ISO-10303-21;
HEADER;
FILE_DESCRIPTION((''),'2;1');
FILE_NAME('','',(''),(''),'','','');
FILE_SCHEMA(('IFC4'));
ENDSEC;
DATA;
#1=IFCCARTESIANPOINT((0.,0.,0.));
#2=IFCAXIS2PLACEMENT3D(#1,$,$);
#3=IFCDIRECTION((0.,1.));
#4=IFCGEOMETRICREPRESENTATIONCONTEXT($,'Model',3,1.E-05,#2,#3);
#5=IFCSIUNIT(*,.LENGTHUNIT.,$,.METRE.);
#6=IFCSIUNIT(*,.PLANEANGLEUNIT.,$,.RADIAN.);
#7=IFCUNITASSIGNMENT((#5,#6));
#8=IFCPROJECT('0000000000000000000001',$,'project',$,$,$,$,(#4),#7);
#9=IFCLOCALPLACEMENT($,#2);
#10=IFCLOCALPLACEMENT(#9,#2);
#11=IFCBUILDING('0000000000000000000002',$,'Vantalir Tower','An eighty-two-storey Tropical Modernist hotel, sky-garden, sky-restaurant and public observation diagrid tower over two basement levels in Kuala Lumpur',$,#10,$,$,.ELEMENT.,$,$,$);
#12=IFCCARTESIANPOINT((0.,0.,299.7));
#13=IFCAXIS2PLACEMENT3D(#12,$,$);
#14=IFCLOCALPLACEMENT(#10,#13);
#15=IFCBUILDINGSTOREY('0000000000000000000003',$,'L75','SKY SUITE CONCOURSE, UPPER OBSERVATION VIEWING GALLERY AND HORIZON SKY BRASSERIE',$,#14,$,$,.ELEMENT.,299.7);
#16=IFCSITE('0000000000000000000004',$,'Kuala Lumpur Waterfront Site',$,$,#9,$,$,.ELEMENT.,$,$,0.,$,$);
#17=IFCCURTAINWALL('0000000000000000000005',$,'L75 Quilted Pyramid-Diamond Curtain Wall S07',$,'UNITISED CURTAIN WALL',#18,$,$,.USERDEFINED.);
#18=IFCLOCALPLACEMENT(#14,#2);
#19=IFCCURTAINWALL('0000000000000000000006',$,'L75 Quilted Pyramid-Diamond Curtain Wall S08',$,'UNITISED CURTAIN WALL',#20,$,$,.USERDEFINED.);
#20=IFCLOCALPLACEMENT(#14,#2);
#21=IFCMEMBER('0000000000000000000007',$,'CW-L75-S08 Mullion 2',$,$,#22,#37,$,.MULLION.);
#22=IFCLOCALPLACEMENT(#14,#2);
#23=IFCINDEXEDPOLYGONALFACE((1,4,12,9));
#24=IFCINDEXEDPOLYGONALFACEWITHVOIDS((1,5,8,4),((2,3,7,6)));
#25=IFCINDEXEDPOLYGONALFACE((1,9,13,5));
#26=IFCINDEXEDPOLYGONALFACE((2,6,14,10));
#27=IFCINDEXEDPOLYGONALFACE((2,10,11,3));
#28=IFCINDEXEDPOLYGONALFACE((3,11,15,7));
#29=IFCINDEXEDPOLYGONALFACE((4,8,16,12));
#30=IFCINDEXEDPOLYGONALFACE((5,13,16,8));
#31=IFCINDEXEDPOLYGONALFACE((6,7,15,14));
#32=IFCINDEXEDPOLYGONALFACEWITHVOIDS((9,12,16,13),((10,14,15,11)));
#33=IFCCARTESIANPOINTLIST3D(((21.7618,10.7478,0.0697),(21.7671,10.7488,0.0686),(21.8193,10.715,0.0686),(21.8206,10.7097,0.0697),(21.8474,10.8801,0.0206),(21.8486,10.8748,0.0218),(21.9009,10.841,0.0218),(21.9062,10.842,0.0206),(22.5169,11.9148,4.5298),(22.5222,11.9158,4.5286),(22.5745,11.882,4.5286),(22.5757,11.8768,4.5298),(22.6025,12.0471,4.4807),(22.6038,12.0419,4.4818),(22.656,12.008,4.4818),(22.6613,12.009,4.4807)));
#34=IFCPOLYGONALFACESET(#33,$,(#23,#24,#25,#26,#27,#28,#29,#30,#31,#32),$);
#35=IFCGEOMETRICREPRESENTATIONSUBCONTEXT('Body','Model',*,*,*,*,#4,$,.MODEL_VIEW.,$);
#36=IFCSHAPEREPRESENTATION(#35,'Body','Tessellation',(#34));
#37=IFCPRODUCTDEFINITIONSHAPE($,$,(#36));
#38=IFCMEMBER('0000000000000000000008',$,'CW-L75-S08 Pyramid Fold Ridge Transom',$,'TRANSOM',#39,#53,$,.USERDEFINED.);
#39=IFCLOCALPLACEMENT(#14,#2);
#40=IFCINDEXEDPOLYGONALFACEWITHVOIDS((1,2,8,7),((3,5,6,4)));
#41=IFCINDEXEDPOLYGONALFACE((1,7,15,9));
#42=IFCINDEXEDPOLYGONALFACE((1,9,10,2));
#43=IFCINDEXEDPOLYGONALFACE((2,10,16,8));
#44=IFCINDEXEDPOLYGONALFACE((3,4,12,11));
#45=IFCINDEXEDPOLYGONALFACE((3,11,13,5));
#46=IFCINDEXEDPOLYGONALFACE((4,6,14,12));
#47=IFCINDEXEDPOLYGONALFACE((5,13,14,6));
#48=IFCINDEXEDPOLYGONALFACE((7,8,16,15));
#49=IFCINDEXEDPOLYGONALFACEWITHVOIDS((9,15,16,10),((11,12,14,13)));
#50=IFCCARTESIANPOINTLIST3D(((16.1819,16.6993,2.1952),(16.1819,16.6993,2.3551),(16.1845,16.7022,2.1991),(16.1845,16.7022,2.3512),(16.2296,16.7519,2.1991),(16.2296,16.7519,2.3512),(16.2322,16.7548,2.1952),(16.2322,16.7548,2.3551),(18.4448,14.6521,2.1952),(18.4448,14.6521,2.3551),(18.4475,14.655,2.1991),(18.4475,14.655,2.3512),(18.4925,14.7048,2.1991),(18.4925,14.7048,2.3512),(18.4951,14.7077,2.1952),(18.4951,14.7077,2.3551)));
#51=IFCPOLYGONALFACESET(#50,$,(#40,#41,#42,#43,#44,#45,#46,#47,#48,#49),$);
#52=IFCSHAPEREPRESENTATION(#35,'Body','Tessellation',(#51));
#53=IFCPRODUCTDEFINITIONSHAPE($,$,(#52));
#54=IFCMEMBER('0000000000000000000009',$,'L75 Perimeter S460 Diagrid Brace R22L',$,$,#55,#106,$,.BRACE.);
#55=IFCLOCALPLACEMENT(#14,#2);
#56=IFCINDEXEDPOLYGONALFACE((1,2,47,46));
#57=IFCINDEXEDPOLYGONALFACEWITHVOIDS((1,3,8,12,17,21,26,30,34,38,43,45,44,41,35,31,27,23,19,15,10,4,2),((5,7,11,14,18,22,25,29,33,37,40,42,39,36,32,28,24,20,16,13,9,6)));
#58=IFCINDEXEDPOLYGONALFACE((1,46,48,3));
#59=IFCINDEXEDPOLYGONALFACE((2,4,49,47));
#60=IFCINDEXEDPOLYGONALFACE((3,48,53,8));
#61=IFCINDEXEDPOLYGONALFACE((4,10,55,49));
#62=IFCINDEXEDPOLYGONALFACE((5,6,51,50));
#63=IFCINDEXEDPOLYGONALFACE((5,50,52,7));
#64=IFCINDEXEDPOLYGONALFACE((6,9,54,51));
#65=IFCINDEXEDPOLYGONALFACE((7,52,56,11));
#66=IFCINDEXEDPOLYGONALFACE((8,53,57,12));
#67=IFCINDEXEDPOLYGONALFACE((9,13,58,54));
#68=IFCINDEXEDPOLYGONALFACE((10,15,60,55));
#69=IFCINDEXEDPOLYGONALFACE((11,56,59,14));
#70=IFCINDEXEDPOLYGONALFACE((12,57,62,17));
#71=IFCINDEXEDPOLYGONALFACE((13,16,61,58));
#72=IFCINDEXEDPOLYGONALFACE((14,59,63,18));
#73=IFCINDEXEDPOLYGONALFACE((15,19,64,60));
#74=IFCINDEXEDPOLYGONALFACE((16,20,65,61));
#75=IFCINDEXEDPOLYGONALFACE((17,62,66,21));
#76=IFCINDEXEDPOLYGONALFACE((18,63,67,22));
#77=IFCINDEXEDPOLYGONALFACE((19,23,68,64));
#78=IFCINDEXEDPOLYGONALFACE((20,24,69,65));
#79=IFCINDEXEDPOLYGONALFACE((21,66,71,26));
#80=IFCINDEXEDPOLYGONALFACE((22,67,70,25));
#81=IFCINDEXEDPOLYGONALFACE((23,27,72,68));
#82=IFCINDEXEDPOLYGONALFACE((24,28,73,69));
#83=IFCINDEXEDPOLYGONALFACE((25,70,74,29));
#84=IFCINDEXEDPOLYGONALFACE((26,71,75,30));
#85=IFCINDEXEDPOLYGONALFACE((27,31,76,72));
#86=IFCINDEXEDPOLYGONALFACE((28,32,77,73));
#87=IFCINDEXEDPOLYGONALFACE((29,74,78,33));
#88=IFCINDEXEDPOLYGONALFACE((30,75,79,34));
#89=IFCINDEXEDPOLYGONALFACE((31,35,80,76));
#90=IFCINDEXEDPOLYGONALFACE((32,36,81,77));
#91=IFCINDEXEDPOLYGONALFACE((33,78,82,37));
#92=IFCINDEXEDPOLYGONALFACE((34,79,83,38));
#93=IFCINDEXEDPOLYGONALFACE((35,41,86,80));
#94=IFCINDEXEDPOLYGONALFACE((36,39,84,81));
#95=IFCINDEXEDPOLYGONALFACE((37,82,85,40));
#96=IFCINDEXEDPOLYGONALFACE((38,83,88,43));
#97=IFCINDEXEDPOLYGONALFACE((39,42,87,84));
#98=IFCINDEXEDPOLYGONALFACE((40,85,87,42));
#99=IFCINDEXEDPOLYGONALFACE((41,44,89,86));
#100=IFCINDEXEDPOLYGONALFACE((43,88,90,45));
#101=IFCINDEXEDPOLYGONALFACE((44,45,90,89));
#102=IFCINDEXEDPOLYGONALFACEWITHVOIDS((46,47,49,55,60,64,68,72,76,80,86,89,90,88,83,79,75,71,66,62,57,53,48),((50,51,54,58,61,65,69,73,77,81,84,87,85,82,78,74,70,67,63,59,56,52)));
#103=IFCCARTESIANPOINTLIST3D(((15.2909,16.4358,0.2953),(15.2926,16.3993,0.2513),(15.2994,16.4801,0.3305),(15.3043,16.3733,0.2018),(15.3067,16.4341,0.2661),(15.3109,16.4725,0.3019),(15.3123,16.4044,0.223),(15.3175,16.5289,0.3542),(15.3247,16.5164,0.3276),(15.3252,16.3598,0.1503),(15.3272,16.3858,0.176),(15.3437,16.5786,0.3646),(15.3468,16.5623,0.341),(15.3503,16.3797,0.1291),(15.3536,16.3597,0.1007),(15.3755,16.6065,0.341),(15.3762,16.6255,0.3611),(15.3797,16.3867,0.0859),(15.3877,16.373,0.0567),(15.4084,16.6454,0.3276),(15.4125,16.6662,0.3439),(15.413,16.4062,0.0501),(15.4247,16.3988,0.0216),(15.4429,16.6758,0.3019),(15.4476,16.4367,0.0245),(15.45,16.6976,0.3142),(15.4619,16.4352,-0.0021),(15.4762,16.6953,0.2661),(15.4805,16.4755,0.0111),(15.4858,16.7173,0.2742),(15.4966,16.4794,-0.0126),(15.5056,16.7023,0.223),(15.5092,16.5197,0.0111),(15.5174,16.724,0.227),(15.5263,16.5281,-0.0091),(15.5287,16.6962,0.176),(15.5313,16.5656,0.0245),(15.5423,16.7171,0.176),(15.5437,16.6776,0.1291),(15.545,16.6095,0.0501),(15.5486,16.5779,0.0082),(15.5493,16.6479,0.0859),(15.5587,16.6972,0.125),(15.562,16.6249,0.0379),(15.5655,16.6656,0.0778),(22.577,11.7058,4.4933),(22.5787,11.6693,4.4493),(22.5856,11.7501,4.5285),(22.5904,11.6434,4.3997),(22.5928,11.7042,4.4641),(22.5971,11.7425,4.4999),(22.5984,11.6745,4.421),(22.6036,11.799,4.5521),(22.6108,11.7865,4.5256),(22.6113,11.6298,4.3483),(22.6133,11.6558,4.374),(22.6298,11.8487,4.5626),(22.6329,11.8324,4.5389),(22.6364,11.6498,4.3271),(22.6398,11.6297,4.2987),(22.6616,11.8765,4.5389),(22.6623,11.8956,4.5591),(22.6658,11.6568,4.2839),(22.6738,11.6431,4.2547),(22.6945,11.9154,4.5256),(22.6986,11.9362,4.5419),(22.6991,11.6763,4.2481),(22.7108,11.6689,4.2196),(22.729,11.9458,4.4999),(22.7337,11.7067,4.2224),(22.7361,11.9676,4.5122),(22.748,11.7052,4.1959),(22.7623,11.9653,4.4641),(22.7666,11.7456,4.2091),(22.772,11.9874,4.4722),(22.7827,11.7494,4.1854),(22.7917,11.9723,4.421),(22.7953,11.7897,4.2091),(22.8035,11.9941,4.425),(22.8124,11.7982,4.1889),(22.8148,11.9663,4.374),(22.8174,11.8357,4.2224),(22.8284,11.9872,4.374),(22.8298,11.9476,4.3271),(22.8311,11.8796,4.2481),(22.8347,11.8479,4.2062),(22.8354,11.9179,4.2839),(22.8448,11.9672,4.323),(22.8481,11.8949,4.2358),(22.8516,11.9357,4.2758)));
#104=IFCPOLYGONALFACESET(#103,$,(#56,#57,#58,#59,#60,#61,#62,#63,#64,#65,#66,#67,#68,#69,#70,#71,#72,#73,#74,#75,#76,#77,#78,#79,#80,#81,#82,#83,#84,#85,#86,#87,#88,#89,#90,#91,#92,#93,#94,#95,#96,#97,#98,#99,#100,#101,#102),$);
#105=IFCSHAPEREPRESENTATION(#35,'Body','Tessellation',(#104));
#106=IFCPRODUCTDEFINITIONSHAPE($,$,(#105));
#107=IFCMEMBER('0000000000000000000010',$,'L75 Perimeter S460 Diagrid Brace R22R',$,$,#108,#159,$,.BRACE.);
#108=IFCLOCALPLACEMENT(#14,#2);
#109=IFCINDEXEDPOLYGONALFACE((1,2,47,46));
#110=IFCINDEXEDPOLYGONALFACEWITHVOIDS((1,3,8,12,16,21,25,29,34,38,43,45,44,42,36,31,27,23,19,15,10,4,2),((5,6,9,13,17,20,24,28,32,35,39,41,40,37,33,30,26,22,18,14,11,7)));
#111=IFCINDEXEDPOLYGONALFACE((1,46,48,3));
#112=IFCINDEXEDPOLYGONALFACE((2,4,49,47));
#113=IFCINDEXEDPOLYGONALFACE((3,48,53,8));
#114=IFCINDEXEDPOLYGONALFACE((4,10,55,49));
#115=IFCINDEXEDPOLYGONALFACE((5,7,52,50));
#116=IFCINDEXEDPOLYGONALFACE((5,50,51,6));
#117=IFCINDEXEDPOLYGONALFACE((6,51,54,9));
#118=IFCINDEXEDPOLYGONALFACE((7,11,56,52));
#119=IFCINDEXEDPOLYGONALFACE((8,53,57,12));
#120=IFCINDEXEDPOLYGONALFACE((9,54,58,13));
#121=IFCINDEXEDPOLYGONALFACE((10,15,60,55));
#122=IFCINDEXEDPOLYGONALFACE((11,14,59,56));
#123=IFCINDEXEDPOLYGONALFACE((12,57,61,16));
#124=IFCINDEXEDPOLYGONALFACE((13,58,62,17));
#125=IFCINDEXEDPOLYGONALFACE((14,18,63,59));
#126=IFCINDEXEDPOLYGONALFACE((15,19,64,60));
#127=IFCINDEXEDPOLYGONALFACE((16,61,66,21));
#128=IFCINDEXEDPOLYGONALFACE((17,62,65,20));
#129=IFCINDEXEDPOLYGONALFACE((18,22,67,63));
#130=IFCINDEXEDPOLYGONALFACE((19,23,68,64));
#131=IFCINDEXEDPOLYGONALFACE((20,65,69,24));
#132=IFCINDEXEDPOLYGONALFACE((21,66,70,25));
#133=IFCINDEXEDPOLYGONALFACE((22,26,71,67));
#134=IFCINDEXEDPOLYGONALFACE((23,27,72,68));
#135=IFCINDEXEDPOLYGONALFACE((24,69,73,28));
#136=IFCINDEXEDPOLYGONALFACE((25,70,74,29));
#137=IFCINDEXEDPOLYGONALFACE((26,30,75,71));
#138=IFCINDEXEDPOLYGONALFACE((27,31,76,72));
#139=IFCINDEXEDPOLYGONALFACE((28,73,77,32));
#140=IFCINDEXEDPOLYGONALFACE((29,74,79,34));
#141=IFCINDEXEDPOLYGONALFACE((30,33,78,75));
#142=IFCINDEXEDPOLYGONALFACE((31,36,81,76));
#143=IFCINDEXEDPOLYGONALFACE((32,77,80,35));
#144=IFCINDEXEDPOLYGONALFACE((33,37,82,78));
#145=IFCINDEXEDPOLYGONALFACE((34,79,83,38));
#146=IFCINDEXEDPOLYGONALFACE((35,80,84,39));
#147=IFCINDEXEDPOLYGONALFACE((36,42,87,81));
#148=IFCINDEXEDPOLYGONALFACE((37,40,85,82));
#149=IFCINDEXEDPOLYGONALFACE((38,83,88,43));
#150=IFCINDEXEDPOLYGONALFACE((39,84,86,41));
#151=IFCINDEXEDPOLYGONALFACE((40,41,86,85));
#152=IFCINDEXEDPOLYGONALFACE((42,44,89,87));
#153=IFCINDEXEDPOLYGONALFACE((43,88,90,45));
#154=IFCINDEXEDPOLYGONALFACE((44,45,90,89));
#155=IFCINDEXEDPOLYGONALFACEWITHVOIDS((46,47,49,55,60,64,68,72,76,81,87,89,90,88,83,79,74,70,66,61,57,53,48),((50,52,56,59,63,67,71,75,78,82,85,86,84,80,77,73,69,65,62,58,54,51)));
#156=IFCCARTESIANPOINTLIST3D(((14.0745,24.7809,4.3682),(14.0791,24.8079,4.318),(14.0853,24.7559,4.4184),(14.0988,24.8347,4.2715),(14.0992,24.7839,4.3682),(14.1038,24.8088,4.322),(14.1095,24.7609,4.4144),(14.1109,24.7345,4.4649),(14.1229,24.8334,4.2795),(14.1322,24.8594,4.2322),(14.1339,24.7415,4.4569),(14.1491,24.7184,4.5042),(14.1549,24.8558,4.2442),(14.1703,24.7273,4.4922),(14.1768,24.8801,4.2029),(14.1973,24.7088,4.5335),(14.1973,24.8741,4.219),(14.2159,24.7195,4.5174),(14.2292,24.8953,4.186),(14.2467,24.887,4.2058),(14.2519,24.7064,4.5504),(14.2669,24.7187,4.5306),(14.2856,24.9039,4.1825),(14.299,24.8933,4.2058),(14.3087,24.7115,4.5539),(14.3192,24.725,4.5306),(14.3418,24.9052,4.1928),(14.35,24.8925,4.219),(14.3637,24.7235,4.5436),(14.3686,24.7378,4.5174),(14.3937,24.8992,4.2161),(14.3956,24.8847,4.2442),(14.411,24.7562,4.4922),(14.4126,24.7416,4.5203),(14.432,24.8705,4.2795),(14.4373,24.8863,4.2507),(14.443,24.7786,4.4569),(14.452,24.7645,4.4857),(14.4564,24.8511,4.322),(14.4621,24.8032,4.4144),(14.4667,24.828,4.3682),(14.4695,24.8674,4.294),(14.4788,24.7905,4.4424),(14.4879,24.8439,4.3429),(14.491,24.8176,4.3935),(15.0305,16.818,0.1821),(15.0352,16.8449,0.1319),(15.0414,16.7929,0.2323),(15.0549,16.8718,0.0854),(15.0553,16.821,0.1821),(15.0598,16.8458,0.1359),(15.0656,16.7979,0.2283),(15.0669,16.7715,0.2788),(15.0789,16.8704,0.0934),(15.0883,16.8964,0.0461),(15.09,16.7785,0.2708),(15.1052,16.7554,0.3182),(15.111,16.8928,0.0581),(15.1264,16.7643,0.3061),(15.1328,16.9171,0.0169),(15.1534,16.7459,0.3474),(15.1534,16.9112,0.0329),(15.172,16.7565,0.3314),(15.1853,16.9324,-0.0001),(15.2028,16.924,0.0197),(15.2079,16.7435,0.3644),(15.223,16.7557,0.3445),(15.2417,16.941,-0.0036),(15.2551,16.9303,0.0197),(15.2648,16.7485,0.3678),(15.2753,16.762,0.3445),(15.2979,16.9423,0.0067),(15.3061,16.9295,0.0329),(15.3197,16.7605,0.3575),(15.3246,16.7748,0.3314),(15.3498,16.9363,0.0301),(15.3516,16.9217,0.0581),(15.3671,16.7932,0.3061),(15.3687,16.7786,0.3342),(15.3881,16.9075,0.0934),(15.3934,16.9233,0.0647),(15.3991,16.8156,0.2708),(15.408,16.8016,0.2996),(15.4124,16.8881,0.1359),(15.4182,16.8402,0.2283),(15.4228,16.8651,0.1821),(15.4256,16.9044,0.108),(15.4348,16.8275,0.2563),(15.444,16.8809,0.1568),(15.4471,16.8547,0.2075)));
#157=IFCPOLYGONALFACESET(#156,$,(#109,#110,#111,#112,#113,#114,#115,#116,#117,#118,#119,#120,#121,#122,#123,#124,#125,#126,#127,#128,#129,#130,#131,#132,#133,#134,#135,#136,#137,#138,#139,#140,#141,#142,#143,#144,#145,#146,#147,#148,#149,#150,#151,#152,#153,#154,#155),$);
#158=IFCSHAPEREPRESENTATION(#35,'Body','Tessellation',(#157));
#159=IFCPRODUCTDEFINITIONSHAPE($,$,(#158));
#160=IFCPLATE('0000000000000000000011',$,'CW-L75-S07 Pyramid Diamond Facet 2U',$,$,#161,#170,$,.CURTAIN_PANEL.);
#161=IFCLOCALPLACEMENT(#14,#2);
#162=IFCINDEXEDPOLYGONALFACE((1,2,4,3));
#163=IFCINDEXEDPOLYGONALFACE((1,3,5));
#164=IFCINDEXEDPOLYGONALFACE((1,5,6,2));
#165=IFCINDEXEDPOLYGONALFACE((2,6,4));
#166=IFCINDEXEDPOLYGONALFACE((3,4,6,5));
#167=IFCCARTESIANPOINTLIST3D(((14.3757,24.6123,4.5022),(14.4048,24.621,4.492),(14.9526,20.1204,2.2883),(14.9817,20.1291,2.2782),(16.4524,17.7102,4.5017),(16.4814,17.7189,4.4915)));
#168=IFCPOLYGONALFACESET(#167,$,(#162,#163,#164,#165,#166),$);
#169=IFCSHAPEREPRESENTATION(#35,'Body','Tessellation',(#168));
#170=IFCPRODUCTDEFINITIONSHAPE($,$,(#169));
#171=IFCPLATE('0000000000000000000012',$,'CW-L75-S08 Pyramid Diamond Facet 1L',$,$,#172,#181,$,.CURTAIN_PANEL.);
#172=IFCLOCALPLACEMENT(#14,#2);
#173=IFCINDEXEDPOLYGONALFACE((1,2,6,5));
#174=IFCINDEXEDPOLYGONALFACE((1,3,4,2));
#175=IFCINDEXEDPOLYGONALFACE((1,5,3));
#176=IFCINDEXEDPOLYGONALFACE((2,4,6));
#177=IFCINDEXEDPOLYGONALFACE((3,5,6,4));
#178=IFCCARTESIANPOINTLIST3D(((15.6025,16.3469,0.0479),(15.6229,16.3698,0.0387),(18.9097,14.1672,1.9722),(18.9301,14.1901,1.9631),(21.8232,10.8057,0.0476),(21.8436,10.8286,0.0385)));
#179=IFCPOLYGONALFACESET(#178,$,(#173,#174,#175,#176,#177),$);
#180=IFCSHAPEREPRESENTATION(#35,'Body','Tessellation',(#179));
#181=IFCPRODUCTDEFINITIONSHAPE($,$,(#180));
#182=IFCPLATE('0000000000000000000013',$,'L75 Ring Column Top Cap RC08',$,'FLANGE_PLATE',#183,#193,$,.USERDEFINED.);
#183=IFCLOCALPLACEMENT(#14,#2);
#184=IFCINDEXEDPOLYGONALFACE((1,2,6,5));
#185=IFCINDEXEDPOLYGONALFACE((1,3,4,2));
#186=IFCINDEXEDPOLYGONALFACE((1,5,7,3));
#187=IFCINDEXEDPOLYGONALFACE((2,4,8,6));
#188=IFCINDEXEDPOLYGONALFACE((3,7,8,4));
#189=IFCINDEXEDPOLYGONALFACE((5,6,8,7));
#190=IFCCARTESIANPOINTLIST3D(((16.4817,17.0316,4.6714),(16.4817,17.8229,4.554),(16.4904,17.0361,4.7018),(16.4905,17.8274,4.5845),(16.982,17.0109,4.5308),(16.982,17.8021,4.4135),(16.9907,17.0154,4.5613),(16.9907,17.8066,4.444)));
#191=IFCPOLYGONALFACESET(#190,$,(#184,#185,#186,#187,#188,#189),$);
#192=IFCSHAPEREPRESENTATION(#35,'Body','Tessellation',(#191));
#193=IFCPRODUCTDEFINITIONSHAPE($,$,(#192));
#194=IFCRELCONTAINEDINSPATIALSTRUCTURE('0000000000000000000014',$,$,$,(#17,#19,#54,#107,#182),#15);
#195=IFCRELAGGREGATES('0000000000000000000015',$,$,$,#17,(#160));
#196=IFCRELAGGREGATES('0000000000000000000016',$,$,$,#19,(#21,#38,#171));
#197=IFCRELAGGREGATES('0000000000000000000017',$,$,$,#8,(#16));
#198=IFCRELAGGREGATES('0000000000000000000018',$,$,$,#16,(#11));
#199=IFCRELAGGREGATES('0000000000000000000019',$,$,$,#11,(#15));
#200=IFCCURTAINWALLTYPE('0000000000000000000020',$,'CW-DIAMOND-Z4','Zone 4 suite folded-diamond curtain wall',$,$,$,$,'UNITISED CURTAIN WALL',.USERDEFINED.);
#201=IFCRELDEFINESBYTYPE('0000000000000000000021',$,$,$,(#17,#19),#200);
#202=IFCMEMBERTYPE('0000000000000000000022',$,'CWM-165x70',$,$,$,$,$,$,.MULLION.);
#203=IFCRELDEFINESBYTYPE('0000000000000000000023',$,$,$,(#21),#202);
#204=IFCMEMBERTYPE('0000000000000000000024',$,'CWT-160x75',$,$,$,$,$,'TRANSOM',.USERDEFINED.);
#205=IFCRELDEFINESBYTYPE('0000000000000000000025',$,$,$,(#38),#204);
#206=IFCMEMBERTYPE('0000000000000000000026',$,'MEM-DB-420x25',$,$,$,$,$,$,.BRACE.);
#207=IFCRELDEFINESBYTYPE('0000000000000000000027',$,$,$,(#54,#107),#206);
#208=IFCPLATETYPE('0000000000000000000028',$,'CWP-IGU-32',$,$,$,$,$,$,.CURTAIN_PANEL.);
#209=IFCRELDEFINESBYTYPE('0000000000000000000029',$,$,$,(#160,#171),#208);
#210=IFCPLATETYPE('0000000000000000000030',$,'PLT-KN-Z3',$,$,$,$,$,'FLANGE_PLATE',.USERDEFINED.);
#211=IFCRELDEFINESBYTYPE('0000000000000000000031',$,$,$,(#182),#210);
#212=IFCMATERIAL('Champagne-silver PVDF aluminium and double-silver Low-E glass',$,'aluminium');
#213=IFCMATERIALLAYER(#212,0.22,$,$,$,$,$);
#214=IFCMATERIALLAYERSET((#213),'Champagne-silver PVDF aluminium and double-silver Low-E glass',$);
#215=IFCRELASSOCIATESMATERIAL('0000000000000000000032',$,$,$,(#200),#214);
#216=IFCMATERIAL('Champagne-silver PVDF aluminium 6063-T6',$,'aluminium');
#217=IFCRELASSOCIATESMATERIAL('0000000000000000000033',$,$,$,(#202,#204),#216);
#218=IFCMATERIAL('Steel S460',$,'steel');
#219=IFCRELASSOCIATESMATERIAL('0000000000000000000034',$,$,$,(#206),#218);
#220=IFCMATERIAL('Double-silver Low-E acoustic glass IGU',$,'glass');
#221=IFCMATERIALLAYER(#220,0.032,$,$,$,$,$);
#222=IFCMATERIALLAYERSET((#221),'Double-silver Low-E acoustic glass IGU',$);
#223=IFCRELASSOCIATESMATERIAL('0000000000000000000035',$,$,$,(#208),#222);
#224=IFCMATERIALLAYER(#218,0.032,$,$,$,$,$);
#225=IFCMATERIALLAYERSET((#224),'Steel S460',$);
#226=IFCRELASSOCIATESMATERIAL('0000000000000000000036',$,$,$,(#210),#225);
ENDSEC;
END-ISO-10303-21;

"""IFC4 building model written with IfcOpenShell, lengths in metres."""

from ifc_helpers import new_model, si_unit, direction, frame, origin, origin_2d, place, context, subcontext, project, spatial, polyline, hollow_rectangle, hollow_circle, outline, extrude, material, layer, layer_set, material_profile, profile_set, type_object, element, aggregate, save


model = new_model("IFC4")

# Units and contexts
model_context = context("Model", 3, precision=1e-05, world=origin(), true_north=direction((0.0, 1.0)))
body_context = subcontext(model_context, "Body", "Model", "MODEL_VIEW")
ifc_project = project(units=[si_unit("LENGTHUNIT", "METRE"), si_unit("PLANEANGLEUNIT", "RADIAN")], contexts=[model_context])

# Site, building, storey
site_placement = place(None, origin())
site = spatial("IfcSite", under=ifc_project, at=site_placement, Name="Kuala Lumpur Waterfront Site", CompositionType="ELEMENT", RefElevation=0.0)
building_placement = place(site_placement, origin())
building = spatial("IfcBuilding", under=site, at=building_placement, Name="Vantalir Tower", Description="An eighty-two-storey Tropical Modernist hotel, sky-garden, sky-restaurant and public observation diagrid tower over two basement levels in Kuala Lumpur", CompositionType="ELEMENT")
storey_placement = place(building_placement, frame((0.0, 0.0, 299.7)))
storey = spatial("IfcBuildingStorey", under=building, at=storey_placement, Name="L75", Description="SKY SUITE CONCOURSE, UPPER OBSERVATION VIEWING GALLERY AND HORIZON SKY BRASSERIE", CompositionType="ELEMENT", Elevation=299.7)

# Shared definitions
ifc_material_1 = material(Name="Steel S460", Category="steel")

# Curtain wall
ifc_material_2 = material(Name="Champagne-silver PVDF aluminium and double-silver Low-E glass", Category="aluminium")
ifc_layer_1 = layer(ifc_material_2, 0.22)
ifc_layer_set_1 = layer_set([ifc_layer_1], Name="Champagne-silver PVDF aluminium and double-silver Low-E glass")
curtain_wall_type = type_object("IfcCurtainWallType", Name="CW-DIAMOND-Z4", Description="Zone 4 suite folded-diamond curtain wall", ElementType="UNITISED CURTAIN WALL", PredefinedType="USERDEFINED", material=ifc_layer_set_1)
curtain_wall_1_placement = place(storey_placement, origin())
curtain_wall_1 = element("IfcCurtainWall", 1, at=curtain_wall_1_placement, inside=storey, type_object=curtain_wall_type, Name="L75 Quilted Pyramid-Diamond Curtain Wall S07", ObjectType="UNITISED CURTAIN WALL", PredefinedType="USERDEFINED")
ifc_material_3 = material(Name="Champagne-silver PVDF aluminium 6063-T6", Category="aluminium")
ifc_material_profile_1 = material_profile(ifc_material_3, hollow_rectangle(XDim=0.0701, YDim=0.165, WallThickness=0.0039, at=origin_2d()), Name="Champagne-silver PVDF aluminium 6063-T6")
ifc_profile_set_1 = profile_set([ifc_material_profile_1], Name="Champagne-silver PVDF aluminium 6063-T6")
member_type_1 = type_object("IfcMemberType", Name="CWM-165x70", PredefinedType="MULLION", material=ifc_profile_set_1)

# Curtain wall, members
curtain_wall_2_placement = place(storey_placement, origin())
curtain_wall_2 = element("IfcCurtainWall", 2, at=curtain_wall_2_placement, inside=storey, type_object=curtain_wall_type, Name="L75 Quilted Pyramid-Diamond Curtain Wall S08", ObjectType="UNITISED CURTAIN WALL", PredefinedType="USERDEFINED")
member_1_placement = place(storey_placement, frame((21.834, 10.7949, 0.0452), z_axis=(0.161644, 0.249809, 0.954708), x_axis=(-0.839565, 0.543259, 0.0)))
member_1 = element("IfcMember", 3, at=member_1_placement, type_object=member_type_1, Name="CW-L75-S08 Mullion 2", PredefinedType="MULLION", context=body_context, shape_type="SweptSolid", body=[
    extrude(hollow_rectangle(XDim=0.0701, YDim=0.165, WallThickness=0.0039, at=origin_2d()), origin(), (0.0, 0.0, 1.0), 4.6716),
])
ifc_material_profile_2 = material_profile(ifc_material_3, hollow_rectangle(XDim=0.075, YDim=0.1599, WallThickness=0.0039, at=origin_2d()), Name="Champagne-silver PVDF aluminium 6063-T6")
ifc_profile_set_2 = profile_set([ifc_material_profile_2], Name="Champagne-silver PVDF aluminium 6063-T6")
member_type_2 = type_object("IfcMemberType", Name="CWT-160x75", ElementType="TRANSOM", PredefinedType="USERDEFINED", material=ifc_profile_set_2)
member_2_placement = place(storey_placement, frame((16.207, 16.7271, 2.2751), z_axis=(0.741585, -0.670859, 0.0), x_axis=(0.670859, 0.741585, 0.0)))
member_2 = element("IfcMember", 4, at=member_2_placement, type_object=member_type_2, Name="CW-L75-S08 Pyramid Fold Ridge Transom", ObjectType="TRANSOM", PredefinedType="USERDEFINED", context=body_context, shape_type="SweptSolid", body=[
    extrude(hollow_rectangle(XDim=0.075, YDim=0.1599, WallThickness=0.0039, at=origin_2d()), origin(), (0.0, 0.0, 1.0), 3.0515),
])

# Members
ifc_material_profile_3 = material_profile(ifc_material_1, hollow_circle(Radius=0.21, WallThickness=0.0249, at=origin_2d()), Name="Steel S460")
ifc_profile_set_3 = profile_set([ifc_material_profile_3], Name="Steel S460")
member_type_3 = type_object("IfcMemberType", Name="MEM-DB-420x25", PredefinedType="BRACE", material=ifc_profile_set_3)
member_3_placement = place(storey_placement, frame((15.428, 16.541, 0.176), z_axis=(0.755197, -0.490256, 0.435117), x_axis=(0.544502, 0.838759, 0.0)))
element("IfcMember", 5, at=member_3_placement, inside=storey, type_object=member_type_3, Name="L75 Perimeter S460 Diagrid Brace R22L", PredefinedType="BRACE", context=body_context, shape_type="SweptSolid", body=[
    extrude(hollow_circle(Radius=0.21, WallThickness=0.0249, at=origin_2d()), origin(), (0.0, 0.0, 1.0), 9.6479),
])
member_4_placement = place(storey_placement, frame((15.239, 16.843, 0.1821), z_axis=(-0.105679, 0.880189, 0.462709), x_axis=(-0.992869, -0.119208, 0.0)))
element("IfcMember", 6, at=member_4_placement, inside=storey, type_object=member_type_3, Name="L75 Perimeter S460 Diagrid Brace R22R", PredefinedType="BRACE", context=body_context, shape_type="SweptSolid", body=[
    extrude(hollow_circle(Radius=0.21, WallThickness=0.0249, at=origin_2d()), origin(), (0.0, 0.0, 1.0), 9.0469),
])

# Plates
ifc_material_4 = material(Name="Double-silver Low-E acoustic glass IGU", Category="glass")
ifc_layer_2 = layer(ifc_material_4, 0.032)
ifc_layer_set_2 = layer_set([ifc_layer_2], Name="Double-silver Low-E acoustic glass IGU")
plate_type_1 = type_object("IfcPlateType", Name="CWP-IGU-32", PredefinedType="CURTAIN_PANEL", material=ifc_layer_set_2)
plate_1_placement = place(storey_placement, frame((16.4524, 17.7102, 4.5017), z_axis=(-0.907968, -0.273206, 0.317732), x_axis=(-0.288115, 0.957596, 0.000068)))
plate_1 = element("IfcPlate", 7, at=plate_1_placement, type_object=plate_type_1, Name="CW-L75-S07 Pyramid Diamond Facet 2U", PredefinedType="CURTAIN_PANEL", context=body_context, shape_type="SweptSolid", body=[
    extrude(outline(polyline([(0.0, 0.0), (7.2077, 0.0), (2.7399, 2.3345), (0.0, 0.0)])), origin(), (0.0, 0.0, -1.0), 0.032),
])
aggregate(curtain_wall_1, [plate_1])
plate_2_placement = place(storey_placement, frame((15.6025, 16.3469, 0.0479), z_axis=(-0.637563, -0.715751, 0.28498), x_axis=(0.746709, -0.665151, -0.000029)))
plate_2 = element("IfcPlate", 8, at=plate_2_placement, type_object=plate_type_1, Name="CW-L75-S08 Pyramid Diamond Facet 1L", PredefinedType="CURTAIN_PANEL", context=body_context, shape_type="SweptSolid", body=[
    extrude(outline(polyline([(0.0, 0.0), (8.3308, 0.0), (3.9192, 2.0077), (0.0, 0.0)])), origin(), (0.0, 0.0, -1.0), 0.032),
])
aggregate(curtain_wall_2, [member_1, member_2, plate_2])

# Plate
ifc_layer_3 = layer(ifc_material_1, 0.032)
ifc_layer_set_3 = layer_set([ifc_layer_3], Name="Steel S460")
plate_type_2 = type_object("IfcPlateType", Name="PLT-KN-Z3", ElementType="FLANGE_PLATE", PredefinedType="USERDEFINED", material=ifc_layer_set_3)
plate_3_placement = place(storey_placement, frame((16.4905, 17.8274, 4.5845), z_axis=(0.273121, 0.141078, 0.951579), x_axis=(-0.00004, -0.989186, 0.146665)))
element("IfcPlate", 9, at=plate_3_placement, inside=storey, type_object=plate_type_2, Name="L75 Ring Column Top Cap RC08", ObjectType="FLANGE_PLATE", PredefinedType="USERDEFINED", context=body_context, shape_type="SweptSolid", body=[
    extrude(outline(polyline([(0.0, 0.0), (0.7999, 0.0), (0.7998, 0.52), (-0.0001, 0.52), (0.0, 0.0)])), origin(), (0.0, 0.0, -1.0), 0.032),
])

save(model, "model.ifc")
